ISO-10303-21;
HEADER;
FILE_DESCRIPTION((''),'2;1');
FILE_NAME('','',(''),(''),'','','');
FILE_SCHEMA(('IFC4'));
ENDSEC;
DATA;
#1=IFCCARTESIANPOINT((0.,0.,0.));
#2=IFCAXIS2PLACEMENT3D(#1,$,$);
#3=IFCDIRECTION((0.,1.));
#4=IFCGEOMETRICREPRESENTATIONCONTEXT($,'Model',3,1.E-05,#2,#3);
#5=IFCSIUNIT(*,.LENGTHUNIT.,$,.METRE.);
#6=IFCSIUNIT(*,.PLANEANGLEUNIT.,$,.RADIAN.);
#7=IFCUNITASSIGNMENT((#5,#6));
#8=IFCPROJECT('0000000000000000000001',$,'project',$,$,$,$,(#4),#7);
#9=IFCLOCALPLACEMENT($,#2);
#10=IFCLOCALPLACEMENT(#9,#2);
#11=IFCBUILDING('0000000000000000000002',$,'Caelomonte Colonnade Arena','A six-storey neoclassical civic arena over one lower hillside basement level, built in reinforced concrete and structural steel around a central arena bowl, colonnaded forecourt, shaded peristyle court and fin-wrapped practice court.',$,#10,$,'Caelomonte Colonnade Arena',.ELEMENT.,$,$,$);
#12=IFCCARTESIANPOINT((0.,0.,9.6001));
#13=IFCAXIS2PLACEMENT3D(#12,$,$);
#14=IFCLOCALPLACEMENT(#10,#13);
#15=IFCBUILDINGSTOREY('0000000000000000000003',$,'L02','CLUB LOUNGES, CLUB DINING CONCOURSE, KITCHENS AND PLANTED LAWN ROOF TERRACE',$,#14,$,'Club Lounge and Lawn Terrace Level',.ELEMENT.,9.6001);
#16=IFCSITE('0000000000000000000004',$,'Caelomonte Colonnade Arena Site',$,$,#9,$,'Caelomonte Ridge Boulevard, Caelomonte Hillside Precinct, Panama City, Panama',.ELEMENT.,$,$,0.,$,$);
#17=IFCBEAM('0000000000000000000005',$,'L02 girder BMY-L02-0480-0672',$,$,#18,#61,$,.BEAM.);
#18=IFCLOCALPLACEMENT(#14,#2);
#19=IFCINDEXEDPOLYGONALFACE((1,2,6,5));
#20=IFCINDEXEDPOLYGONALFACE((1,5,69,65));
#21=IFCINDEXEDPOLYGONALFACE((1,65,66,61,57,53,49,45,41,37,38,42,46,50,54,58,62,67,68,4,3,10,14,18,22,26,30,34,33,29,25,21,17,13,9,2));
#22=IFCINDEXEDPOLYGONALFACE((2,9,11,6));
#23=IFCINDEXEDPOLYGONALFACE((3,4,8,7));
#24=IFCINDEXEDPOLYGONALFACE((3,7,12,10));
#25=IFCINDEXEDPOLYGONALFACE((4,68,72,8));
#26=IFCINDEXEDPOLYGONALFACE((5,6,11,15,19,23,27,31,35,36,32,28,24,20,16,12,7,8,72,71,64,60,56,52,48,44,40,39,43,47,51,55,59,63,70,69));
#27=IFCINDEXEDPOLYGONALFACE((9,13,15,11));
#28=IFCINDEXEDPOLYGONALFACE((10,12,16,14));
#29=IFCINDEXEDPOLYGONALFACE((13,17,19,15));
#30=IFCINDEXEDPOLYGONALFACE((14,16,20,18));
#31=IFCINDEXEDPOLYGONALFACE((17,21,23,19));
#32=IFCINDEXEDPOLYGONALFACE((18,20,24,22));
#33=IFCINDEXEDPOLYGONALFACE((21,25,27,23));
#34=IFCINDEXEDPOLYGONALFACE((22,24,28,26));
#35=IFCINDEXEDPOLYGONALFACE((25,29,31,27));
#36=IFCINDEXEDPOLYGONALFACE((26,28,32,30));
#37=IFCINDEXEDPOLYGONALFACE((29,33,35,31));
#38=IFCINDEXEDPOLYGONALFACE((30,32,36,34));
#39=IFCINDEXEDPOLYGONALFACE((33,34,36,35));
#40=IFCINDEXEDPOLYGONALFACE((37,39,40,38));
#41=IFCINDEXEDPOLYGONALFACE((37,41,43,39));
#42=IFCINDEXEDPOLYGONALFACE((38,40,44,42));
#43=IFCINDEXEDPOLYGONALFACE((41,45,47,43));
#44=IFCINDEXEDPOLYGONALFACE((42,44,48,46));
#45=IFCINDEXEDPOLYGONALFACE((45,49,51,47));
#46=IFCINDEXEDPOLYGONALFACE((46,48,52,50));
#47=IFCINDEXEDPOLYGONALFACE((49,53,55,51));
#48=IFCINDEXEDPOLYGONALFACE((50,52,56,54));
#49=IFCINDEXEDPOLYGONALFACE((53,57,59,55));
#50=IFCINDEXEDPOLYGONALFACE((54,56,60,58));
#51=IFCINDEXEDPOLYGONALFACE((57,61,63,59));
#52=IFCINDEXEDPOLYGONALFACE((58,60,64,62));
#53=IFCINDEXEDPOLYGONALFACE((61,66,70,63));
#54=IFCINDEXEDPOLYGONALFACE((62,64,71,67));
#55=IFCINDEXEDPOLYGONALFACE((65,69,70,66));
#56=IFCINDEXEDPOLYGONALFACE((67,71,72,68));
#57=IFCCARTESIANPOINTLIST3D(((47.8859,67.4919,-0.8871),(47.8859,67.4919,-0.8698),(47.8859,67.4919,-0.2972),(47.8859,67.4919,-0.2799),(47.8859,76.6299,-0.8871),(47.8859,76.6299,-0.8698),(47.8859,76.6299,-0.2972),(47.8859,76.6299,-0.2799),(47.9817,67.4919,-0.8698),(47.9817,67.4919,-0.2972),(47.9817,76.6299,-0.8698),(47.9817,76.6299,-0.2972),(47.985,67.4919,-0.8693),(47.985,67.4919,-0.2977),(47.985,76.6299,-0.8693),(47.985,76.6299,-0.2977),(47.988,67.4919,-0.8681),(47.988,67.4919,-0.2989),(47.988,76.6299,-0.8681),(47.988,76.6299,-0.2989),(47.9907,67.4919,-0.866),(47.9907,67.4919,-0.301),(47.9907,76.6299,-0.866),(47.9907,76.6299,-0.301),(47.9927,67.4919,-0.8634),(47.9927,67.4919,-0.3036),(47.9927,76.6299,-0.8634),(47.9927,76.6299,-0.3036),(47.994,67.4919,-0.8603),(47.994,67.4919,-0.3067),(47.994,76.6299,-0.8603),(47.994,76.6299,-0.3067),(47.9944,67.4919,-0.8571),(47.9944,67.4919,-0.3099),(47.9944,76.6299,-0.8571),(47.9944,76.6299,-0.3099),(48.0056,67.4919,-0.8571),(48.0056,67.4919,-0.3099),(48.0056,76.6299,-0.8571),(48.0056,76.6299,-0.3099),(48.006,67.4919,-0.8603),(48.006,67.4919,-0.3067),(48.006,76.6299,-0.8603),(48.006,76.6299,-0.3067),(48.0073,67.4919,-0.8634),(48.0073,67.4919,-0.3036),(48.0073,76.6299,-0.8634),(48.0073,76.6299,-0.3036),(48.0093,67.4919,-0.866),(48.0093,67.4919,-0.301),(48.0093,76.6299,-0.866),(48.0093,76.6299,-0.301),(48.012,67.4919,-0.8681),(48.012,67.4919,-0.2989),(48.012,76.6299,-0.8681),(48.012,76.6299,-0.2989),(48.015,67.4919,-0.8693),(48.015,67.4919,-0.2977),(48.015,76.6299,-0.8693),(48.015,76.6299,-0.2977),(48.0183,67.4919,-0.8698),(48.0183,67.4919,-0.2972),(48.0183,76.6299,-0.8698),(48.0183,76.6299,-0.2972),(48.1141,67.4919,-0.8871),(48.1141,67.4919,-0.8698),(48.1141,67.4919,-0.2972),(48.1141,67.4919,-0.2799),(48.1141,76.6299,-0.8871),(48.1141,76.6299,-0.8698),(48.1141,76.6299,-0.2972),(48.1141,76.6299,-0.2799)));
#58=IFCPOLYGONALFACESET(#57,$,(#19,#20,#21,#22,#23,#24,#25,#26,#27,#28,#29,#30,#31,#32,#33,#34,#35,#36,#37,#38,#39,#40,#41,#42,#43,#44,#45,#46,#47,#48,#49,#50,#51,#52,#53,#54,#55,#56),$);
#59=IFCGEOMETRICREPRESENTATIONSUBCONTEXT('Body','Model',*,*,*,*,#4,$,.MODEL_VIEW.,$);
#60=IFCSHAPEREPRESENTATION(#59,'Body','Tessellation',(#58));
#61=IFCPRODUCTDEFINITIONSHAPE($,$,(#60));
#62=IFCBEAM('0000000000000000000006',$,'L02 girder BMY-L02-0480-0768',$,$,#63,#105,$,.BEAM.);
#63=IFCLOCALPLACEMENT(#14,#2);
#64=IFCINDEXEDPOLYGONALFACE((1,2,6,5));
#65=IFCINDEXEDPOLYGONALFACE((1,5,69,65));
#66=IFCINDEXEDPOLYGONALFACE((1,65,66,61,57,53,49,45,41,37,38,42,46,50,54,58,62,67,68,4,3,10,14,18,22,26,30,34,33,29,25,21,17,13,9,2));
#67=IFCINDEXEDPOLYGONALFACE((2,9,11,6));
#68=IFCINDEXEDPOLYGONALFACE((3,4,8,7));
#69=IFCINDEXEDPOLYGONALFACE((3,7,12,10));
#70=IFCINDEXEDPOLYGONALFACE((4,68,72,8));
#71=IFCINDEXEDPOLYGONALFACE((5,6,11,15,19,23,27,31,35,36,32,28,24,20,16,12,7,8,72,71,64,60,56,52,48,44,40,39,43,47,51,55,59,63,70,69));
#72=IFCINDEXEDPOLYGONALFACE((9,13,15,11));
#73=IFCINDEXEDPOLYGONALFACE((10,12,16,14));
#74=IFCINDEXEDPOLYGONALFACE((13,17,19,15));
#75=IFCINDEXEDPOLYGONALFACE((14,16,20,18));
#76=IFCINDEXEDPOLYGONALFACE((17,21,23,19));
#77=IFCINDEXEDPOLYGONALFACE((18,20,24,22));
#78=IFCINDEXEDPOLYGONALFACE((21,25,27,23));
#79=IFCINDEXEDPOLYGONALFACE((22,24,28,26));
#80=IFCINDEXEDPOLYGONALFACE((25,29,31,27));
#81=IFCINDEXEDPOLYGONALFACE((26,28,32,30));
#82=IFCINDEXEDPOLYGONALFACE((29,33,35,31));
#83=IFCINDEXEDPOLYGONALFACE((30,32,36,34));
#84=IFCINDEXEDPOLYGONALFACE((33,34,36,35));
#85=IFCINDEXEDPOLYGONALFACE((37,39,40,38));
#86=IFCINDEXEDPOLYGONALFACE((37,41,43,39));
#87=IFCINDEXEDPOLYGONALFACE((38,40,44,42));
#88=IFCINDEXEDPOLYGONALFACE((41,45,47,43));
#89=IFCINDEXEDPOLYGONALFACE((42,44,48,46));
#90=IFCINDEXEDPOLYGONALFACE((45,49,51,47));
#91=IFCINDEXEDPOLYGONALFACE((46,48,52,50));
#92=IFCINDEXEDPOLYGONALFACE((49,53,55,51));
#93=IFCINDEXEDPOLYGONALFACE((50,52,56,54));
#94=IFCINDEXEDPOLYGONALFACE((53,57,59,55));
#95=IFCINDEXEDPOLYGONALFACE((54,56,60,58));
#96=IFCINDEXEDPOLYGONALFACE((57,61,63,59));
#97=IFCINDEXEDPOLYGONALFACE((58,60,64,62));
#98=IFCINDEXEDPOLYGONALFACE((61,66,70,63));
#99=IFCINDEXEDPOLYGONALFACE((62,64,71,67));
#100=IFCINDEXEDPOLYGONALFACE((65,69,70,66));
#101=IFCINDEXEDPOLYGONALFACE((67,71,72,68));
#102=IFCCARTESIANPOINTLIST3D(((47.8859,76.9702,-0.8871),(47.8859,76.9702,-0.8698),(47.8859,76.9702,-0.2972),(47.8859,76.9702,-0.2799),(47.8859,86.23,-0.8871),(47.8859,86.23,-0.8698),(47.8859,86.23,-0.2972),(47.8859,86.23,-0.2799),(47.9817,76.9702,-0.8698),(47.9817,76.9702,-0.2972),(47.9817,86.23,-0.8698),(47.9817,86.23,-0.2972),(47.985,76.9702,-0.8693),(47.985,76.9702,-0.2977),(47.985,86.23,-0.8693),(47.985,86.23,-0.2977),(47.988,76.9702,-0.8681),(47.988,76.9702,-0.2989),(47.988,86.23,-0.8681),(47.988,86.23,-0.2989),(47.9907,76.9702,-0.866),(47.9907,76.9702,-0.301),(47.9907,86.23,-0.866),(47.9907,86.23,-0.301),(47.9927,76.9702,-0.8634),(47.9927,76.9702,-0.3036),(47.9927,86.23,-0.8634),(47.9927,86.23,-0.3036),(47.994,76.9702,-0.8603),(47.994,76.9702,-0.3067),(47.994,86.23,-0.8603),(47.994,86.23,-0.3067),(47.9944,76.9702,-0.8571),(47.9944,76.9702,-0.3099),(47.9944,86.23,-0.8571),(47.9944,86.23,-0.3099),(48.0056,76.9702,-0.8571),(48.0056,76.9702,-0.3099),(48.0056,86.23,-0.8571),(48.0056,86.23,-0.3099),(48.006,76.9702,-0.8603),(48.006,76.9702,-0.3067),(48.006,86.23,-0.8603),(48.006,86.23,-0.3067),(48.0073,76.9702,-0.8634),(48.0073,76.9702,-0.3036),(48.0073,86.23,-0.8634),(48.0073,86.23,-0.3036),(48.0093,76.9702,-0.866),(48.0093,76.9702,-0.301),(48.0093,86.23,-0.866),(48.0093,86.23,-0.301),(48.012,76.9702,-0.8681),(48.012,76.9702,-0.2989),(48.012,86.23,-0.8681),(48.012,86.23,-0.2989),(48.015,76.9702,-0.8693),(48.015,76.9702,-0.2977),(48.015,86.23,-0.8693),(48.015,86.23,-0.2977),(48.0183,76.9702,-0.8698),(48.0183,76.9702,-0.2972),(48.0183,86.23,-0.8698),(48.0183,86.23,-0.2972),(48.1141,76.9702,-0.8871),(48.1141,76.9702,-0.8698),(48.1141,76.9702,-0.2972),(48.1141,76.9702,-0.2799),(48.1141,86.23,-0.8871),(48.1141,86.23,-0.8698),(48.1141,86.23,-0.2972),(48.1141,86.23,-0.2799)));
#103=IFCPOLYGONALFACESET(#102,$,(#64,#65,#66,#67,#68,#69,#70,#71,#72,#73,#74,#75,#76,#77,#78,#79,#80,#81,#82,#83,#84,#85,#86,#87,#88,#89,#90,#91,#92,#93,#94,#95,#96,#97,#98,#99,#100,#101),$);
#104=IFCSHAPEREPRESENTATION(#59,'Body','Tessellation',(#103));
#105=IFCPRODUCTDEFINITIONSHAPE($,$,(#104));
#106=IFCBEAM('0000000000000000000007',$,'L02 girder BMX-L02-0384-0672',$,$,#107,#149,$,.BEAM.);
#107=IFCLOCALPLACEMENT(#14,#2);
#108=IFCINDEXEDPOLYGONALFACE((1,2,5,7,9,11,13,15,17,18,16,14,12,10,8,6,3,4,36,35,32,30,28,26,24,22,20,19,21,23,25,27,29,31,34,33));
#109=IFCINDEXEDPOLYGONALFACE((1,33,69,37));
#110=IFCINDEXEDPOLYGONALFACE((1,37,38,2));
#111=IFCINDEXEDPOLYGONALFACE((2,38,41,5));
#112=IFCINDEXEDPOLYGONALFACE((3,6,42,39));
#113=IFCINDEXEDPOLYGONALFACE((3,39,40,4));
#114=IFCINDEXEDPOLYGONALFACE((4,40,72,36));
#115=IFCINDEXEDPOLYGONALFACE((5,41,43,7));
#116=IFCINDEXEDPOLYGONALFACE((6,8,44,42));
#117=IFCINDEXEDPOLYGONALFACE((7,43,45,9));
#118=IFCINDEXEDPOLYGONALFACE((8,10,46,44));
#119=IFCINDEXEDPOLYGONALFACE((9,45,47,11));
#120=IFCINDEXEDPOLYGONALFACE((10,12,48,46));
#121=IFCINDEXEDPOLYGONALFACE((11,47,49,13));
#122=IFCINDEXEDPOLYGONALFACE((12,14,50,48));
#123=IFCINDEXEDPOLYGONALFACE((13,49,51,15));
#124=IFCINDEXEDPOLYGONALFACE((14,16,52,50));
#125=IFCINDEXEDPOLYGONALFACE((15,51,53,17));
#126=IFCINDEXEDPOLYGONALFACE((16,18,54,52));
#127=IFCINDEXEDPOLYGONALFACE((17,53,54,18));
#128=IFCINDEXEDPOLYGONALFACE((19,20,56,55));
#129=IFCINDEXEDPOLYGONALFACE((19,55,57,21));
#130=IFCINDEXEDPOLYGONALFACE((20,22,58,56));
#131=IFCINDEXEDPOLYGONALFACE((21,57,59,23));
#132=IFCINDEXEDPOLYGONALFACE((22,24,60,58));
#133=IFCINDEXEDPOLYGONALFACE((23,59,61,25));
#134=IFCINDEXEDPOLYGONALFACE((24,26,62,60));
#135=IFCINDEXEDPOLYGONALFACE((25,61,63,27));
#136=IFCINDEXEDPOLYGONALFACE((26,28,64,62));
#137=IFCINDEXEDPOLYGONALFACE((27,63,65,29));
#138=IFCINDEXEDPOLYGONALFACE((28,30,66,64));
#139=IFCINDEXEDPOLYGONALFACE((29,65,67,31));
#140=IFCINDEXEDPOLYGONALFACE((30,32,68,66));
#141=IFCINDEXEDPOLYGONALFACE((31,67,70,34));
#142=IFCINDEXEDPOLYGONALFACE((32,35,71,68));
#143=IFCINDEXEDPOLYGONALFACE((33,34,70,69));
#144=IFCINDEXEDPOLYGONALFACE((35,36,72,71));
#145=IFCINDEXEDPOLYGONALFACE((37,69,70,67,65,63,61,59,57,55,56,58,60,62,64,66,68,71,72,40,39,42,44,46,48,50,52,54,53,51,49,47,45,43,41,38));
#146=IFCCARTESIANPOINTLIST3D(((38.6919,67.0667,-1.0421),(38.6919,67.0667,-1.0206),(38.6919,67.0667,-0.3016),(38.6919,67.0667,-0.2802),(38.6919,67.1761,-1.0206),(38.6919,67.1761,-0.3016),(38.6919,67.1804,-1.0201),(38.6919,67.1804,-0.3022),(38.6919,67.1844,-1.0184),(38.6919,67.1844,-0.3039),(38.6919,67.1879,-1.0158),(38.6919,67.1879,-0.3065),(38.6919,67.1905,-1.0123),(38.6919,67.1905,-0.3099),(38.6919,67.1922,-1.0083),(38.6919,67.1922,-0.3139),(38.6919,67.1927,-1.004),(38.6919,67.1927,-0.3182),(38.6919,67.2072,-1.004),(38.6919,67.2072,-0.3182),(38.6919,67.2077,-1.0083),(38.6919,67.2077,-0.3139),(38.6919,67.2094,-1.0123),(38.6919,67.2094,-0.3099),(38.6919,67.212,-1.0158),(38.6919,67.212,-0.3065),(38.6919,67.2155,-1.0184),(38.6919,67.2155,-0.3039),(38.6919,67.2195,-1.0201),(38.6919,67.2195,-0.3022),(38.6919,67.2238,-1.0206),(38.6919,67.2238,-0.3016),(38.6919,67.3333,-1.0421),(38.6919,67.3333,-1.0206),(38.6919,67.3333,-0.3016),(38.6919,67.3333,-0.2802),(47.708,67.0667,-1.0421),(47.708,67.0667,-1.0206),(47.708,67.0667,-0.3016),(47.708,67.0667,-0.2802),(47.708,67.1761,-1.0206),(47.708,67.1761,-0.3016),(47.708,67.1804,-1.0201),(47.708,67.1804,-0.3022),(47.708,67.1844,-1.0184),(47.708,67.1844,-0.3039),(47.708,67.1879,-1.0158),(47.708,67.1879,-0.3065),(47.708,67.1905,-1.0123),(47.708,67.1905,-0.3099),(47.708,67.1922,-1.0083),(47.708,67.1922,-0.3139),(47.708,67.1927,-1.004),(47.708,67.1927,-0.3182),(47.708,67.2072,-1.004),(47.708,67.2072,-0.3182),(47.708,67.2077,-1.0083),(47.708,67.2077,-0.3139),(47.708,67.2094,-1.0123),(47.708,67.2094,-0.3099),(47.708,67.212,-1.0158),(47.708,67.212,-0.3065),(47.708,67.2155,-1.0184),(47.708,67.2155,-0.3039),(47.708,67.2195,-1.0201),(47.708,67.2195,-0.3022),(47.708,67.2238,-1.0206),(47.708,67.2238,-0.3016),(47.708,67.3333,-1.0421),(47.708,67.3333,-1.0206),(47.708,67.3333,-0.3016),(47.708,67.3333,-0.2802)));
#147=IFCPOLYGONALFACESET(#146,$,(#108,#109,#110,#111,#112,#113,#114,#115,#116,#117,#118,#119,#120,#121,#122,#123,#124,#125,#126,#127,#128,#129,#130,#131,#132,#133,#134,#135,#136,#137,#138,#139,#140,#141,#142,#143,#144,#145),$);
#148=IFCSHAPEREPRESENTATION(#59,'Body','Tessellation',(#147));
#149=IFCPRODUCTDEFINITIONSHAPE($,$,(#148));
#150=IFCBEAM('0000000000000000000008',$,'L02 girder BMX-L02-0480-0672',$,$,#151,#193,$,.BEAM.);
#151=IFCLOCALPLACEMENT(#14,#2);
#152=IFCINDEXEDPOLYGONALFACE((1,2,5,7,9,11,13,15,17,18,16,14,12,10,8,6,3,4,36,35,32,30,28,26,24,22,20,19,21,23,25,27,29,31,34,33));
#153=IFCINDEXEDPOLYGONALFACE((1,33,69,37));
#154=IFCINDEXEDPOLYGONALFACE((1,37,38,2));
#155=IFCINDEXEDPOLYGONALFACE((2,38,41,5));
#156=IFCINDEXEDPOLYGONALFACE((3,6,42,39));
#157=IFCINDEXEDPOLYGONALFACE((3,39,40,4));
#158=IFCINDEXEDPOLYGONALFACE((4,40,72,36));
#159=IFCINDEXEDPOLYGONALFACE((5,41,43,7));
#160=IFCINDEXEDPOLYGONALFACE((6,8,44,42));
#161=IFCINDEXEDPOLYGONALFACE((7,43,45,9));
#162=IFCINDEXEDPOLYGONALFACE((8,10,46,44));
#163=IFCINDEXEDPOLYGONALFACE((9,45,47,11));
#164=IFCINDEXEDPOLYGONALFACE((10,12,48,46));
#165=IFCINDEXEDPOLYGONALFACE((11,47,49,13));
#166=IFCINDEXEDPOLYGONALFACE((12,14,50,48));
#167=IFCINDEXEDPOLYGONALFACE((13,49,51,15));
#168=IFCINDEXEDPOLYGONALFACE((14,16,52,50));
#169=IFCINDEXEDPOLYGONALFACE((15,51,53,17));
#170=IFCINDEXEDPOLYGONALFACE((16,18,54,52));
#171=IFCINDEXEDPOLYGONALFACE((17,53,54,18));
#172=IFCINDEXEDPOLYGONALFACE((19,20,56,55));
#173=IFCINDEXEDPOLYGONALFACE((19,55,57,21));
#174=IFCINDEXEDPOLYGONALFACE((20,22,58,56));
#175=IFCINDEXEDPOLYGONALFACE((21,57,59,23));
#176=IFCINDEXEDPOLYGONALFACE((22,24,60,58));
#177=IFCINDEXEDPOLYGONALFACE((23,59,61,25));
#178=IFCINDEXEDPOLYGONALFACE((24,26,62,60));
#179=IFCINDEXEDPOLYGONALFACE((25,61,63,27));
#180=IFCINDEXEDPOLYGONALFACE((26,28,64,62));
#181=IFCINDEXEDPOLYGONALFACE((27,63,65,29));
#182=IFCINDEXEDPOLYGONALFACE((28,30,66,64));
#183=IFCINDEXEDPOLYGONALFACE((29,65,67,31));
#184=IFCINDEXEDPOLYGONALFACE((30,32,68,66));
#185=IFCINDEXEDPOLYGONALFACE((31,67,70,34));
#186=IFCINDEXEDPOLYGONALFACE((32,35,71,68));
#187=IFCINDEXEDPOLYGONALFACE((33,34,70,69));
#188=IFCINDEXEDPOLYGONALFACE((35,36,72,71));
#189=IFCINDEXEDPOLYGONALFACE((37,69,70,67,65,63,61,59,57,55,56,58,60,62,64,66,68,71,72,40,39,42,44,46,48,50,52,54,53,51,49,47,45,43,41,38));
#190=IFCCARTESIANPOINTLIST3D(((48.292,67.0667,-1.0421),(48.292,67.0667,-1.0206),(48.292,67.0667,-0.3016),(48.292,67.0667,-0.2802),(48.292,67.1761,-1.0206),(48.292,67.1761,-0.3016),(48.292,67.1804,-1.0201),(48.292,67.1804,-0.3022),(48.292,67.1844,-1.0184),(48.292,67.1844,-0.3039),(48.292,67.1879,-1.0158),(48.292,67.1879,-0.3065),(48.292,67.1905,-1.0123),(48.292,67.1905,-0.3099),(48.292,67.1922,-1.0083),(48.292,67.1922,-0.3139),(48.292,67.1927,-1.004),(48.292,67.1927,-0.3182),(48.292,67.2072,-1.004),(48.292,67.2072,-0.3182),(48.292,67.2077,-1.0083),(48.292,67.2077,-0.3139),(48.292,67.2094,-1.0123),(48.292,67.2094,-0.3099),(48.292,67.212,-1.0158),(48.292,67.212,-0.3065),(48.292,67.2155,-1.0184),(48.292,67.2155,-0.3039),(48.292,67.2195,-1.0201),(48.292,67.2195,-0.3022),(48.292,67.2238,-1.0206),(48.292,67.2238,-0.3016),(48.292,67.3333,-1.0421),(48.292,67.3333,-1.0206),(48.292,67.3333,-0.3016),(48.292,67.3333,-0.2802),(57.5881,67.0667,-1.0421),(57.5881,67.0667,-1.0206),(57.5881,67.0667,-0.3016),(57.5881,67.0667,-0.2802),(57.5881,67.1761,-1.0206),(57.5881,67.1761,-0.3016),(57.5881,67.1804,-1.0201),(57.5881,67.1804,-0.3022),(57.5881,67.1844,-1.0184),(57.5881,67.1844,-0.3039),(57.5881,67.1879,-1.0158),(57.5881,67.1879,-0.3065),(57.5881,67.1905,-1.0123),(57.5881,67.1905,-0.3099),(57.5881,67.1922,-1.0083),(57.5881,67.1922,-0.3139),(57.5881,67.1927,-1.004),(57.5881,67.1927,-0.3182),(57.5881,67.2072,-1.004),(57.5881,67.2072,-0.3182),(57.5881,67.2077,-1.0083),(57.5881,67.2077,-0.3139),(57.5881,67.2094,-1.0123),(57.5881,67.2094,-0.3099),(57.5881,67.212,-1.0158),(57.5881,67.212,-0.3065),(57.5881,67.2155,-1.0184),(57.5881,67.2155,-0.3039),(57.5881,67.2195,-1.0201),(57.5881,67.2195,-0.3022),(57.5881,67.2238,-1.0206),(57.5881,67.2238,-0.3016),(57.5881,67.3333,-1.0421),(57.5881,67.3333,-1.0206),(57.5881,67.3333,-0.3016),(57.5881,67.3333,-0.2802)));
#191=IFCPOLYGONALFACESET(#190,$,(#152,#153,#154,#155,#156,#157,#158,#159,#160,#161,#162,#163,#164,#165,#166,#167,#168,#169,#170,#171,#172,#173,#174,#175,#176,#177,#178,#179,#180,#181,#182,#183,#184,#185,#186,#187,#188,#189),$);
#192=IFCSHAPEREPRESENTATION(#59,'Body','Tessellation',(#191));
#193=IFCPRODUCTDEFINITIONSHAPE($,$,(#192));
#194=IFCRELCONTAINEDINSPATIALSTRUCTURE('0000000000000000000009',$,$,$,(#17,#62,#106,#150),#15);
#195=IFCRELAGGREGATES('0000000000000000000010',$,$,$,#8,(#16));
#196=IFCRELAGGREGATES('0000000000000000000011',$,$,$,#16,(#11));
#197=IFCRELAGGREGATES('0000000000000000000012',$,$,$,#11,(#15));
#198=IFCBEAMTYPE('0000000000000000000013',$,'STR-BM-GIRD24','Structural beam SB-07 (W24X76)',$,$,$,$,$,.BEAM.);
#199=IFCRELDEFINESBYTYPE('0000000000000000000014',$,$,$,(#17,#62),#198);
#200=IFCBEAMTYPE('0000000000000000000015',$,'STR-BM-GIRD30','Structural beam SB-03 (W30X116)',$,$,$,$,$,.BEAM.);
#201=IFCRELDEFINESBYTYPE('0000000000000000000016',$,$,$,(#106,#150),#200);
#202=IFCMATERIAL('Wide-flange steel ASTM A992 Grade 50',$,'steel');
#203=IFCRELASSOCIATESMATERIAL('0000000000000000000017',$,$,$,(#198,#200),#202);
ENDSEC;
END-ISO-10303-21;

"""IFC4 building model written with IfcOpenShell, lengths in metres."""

from ifc_helpers import new_model, si_unit, direction, frame, origin, origin_2d, place, context, subcontext, project, spatial, i_section, extrude, material, material_profile, profile_set, type_object, element, save


model = new_model("IFC4")

# Units and contexts
model_context = context("Model", 3, precision=1e-05, world=origin(), true_north=direction((0.0, 1.0)))
body_context = subcontext(model_context, "Body", "Model", "MODEL_VIEW")
ifc_project = project(units=[si_unit("LENGTHUNIT", "METRE"), si_unit("PLANEANGLEUNIT", "RADIAN")], contexts=[model_context])

# Site, building, storey
site_placement = place(None, origin())
site = spatial("IfcSite", under=ifc_project, at=site_placement, Name="Caelomonte Colonnade Arena Site", LongName="Caelomonte Ridge Boulevard, Caelomonte Hillside Precinct, Panama City, Panama", CompositionType="ELEMENT", RefElevation=0.0)
building_placement = place(site_placement, origin())
building = spatial("IfcBuilding", under=site, at=building_placement, Name="Caelomonte Colonnade Arena", Description="A six-storey neoclassical civic arena over one lower hillside basement level, built in reinforced concrete and structural steel around a central arena bowl, colonnaded forecourt, shaded peristyle court and fin-wrapped practice court.", LongName="Caelomonte Colonnade Arena", CompositionType="ELEMENT")
storey_placement = place(building_placement, frame((0.0, 0.0, 9.6001)))
storey = spatial("IfcBuildingStorey", under=building, at=storey_placement, Name="L02", Description="CLUB LOUNGES, CLUB DINING CONCOURSE, KITCHENS AND PLANTED LAWN ROOF TERRACE", LongName="Club Lounge and Lawn Terrace Level", CompositionType="ELEMENT", Elevation=9.6001)

# Beams
ifc_material_1 = material(Name="Wide-flange steel ASTM A992 Grade 50", Category="steel")
ifc_material_profile_1 = material_profile(ifc_material_1, i_section(OverallWidth=0.2283, OverallDepth=0.6072, WebThickness=0.0112, FlangeThickness=0.0173, FilletRadius=0.0127, at=origin_2d()), Name="W24X76")
ifc_profile_set_1 = profile_set([ifc_material_profile_1], Name="Wide-flange steel ASTM A992 Grade 50")
beam_type_1 = type_object("IfcBeamType", Name="STR-BM-GIRD24", Description="Structural beam SB-07 (W24X76)", PredefinedType="BEAM", material=ifc_profile_set_1)
beam_1_placement = place(storey_placement, frame((48.0, 67.4919, -0.5835), z_axis=(0.0, 1.0, 0.0), x_axis=(-1.0, 0.0, 0.0)))
element("IfcBeam", 1, at=beam_1_placement, inside=storey, type_object=beam_type_1, Name="L02 girder BMY-L02-0480-0672", PredefinedType="BEAM", context=body_context, shape_type="SweptSolid", body=[
    extrude(i_section(OverallWidth=0.2283, OverallDepth=0.6072, WebThickness=0.0112, FlangeThickness=0.0173, FilletRadius=0.0127, at=origin_2d()), origin(), (0.0, 0.0, 1.0), 9.1379),
])
beam_2_placement = place(storey_placement, frame((48.0, 76.9702, -0.5835), z_axis=(0.0, 1.0, 0.0), x_axis=(-1.0, 0.0, 0.0)))
element("IfcBeam", 2, at=beam_2_placement, inside=storey, type_object=beam_type_1, Name="L02 girder BMY-L02-0480-0768", PredefinedType="BEAM", context=body_context, shape_type="SweptSolid", body=[
    extrude(i_section(OverallWidth=0.2283, OverallDepth=0.6072, WebThickness=0.0112, FlangeThickness=0.0173, FilletRadius=0.0127, at=origin_2d()), origin(), (0.0, 0.0, 1.0), 9.2598),
])
ifc_material_profile_2 = material_profile(ifc_material_1, i_section(OverallWidth=0.2666, OverallDepth=0.762, WebThickness=0.0144, FlangeThickness=0.0215, FilletRadius=0.0166, at=origin_2d()), Name="W30X116")
ifc_profile_set_2 = profile_set([ifc_material_profile_2], Name="Wide-flange steel ASTM A992 Grade 50")
beam_type_2 = type_object("IfcBeamType", Name="STR-BM-GIRD30", Description="Structural beam SB-03 (W30X116)", PredefinedType="BEAM", material=ifc_profile_set_2)
beam_3_placement = place(storey_placement, frame((38.6919, 67.2, -0.6611), z_axis=(1.0, 0.0, 0.0), x_axis=(0.0, 1.0, 0.0)))
element("IfcBeam", 3, at=beam_3_placement, inside=storey, type_object=beam_type_2, Name="L02 girder BMX-L02-0384-0672", PredefinedType="BEAM", context=body_context, shape_type="SweptSolid", body=[
    extrude(i_section(OverallWidth=0.2666, OverallDepth=0.762, WebThickness=0.0144, FlangeThickness=0.0215, FilletRadius=0.0166, at=origin_2d()), origin(), (0.0, 0.0, 1.0), 9.0161),
])
beam_4_placement = place(storey_placement, frame((48.292, 67.2, -0.6611), z_axis=(1.0, 0.0, 0.0), x_axis=(0.0, 1.0, 0.0)))
element("IfcBeam", 4, at=beam_4_placement, inside=storey, type_object=beam_type_2, Name="L02 girder BMX-L02-0480-0672", PredefinedType="BEAM", context=body_context, shape_type="SweptSolid", body=[
    extrude(i_section(OverallWidth=0.2666, OverallDepth=0.762, WebThickness=0.0144, FlangeThickness=0.0215, FilletRadius=0.0166, at=origin_2d()), origin(), (0.0, 0.0, 1.0), 9.2961),
])

save(model, "model.ifc")
